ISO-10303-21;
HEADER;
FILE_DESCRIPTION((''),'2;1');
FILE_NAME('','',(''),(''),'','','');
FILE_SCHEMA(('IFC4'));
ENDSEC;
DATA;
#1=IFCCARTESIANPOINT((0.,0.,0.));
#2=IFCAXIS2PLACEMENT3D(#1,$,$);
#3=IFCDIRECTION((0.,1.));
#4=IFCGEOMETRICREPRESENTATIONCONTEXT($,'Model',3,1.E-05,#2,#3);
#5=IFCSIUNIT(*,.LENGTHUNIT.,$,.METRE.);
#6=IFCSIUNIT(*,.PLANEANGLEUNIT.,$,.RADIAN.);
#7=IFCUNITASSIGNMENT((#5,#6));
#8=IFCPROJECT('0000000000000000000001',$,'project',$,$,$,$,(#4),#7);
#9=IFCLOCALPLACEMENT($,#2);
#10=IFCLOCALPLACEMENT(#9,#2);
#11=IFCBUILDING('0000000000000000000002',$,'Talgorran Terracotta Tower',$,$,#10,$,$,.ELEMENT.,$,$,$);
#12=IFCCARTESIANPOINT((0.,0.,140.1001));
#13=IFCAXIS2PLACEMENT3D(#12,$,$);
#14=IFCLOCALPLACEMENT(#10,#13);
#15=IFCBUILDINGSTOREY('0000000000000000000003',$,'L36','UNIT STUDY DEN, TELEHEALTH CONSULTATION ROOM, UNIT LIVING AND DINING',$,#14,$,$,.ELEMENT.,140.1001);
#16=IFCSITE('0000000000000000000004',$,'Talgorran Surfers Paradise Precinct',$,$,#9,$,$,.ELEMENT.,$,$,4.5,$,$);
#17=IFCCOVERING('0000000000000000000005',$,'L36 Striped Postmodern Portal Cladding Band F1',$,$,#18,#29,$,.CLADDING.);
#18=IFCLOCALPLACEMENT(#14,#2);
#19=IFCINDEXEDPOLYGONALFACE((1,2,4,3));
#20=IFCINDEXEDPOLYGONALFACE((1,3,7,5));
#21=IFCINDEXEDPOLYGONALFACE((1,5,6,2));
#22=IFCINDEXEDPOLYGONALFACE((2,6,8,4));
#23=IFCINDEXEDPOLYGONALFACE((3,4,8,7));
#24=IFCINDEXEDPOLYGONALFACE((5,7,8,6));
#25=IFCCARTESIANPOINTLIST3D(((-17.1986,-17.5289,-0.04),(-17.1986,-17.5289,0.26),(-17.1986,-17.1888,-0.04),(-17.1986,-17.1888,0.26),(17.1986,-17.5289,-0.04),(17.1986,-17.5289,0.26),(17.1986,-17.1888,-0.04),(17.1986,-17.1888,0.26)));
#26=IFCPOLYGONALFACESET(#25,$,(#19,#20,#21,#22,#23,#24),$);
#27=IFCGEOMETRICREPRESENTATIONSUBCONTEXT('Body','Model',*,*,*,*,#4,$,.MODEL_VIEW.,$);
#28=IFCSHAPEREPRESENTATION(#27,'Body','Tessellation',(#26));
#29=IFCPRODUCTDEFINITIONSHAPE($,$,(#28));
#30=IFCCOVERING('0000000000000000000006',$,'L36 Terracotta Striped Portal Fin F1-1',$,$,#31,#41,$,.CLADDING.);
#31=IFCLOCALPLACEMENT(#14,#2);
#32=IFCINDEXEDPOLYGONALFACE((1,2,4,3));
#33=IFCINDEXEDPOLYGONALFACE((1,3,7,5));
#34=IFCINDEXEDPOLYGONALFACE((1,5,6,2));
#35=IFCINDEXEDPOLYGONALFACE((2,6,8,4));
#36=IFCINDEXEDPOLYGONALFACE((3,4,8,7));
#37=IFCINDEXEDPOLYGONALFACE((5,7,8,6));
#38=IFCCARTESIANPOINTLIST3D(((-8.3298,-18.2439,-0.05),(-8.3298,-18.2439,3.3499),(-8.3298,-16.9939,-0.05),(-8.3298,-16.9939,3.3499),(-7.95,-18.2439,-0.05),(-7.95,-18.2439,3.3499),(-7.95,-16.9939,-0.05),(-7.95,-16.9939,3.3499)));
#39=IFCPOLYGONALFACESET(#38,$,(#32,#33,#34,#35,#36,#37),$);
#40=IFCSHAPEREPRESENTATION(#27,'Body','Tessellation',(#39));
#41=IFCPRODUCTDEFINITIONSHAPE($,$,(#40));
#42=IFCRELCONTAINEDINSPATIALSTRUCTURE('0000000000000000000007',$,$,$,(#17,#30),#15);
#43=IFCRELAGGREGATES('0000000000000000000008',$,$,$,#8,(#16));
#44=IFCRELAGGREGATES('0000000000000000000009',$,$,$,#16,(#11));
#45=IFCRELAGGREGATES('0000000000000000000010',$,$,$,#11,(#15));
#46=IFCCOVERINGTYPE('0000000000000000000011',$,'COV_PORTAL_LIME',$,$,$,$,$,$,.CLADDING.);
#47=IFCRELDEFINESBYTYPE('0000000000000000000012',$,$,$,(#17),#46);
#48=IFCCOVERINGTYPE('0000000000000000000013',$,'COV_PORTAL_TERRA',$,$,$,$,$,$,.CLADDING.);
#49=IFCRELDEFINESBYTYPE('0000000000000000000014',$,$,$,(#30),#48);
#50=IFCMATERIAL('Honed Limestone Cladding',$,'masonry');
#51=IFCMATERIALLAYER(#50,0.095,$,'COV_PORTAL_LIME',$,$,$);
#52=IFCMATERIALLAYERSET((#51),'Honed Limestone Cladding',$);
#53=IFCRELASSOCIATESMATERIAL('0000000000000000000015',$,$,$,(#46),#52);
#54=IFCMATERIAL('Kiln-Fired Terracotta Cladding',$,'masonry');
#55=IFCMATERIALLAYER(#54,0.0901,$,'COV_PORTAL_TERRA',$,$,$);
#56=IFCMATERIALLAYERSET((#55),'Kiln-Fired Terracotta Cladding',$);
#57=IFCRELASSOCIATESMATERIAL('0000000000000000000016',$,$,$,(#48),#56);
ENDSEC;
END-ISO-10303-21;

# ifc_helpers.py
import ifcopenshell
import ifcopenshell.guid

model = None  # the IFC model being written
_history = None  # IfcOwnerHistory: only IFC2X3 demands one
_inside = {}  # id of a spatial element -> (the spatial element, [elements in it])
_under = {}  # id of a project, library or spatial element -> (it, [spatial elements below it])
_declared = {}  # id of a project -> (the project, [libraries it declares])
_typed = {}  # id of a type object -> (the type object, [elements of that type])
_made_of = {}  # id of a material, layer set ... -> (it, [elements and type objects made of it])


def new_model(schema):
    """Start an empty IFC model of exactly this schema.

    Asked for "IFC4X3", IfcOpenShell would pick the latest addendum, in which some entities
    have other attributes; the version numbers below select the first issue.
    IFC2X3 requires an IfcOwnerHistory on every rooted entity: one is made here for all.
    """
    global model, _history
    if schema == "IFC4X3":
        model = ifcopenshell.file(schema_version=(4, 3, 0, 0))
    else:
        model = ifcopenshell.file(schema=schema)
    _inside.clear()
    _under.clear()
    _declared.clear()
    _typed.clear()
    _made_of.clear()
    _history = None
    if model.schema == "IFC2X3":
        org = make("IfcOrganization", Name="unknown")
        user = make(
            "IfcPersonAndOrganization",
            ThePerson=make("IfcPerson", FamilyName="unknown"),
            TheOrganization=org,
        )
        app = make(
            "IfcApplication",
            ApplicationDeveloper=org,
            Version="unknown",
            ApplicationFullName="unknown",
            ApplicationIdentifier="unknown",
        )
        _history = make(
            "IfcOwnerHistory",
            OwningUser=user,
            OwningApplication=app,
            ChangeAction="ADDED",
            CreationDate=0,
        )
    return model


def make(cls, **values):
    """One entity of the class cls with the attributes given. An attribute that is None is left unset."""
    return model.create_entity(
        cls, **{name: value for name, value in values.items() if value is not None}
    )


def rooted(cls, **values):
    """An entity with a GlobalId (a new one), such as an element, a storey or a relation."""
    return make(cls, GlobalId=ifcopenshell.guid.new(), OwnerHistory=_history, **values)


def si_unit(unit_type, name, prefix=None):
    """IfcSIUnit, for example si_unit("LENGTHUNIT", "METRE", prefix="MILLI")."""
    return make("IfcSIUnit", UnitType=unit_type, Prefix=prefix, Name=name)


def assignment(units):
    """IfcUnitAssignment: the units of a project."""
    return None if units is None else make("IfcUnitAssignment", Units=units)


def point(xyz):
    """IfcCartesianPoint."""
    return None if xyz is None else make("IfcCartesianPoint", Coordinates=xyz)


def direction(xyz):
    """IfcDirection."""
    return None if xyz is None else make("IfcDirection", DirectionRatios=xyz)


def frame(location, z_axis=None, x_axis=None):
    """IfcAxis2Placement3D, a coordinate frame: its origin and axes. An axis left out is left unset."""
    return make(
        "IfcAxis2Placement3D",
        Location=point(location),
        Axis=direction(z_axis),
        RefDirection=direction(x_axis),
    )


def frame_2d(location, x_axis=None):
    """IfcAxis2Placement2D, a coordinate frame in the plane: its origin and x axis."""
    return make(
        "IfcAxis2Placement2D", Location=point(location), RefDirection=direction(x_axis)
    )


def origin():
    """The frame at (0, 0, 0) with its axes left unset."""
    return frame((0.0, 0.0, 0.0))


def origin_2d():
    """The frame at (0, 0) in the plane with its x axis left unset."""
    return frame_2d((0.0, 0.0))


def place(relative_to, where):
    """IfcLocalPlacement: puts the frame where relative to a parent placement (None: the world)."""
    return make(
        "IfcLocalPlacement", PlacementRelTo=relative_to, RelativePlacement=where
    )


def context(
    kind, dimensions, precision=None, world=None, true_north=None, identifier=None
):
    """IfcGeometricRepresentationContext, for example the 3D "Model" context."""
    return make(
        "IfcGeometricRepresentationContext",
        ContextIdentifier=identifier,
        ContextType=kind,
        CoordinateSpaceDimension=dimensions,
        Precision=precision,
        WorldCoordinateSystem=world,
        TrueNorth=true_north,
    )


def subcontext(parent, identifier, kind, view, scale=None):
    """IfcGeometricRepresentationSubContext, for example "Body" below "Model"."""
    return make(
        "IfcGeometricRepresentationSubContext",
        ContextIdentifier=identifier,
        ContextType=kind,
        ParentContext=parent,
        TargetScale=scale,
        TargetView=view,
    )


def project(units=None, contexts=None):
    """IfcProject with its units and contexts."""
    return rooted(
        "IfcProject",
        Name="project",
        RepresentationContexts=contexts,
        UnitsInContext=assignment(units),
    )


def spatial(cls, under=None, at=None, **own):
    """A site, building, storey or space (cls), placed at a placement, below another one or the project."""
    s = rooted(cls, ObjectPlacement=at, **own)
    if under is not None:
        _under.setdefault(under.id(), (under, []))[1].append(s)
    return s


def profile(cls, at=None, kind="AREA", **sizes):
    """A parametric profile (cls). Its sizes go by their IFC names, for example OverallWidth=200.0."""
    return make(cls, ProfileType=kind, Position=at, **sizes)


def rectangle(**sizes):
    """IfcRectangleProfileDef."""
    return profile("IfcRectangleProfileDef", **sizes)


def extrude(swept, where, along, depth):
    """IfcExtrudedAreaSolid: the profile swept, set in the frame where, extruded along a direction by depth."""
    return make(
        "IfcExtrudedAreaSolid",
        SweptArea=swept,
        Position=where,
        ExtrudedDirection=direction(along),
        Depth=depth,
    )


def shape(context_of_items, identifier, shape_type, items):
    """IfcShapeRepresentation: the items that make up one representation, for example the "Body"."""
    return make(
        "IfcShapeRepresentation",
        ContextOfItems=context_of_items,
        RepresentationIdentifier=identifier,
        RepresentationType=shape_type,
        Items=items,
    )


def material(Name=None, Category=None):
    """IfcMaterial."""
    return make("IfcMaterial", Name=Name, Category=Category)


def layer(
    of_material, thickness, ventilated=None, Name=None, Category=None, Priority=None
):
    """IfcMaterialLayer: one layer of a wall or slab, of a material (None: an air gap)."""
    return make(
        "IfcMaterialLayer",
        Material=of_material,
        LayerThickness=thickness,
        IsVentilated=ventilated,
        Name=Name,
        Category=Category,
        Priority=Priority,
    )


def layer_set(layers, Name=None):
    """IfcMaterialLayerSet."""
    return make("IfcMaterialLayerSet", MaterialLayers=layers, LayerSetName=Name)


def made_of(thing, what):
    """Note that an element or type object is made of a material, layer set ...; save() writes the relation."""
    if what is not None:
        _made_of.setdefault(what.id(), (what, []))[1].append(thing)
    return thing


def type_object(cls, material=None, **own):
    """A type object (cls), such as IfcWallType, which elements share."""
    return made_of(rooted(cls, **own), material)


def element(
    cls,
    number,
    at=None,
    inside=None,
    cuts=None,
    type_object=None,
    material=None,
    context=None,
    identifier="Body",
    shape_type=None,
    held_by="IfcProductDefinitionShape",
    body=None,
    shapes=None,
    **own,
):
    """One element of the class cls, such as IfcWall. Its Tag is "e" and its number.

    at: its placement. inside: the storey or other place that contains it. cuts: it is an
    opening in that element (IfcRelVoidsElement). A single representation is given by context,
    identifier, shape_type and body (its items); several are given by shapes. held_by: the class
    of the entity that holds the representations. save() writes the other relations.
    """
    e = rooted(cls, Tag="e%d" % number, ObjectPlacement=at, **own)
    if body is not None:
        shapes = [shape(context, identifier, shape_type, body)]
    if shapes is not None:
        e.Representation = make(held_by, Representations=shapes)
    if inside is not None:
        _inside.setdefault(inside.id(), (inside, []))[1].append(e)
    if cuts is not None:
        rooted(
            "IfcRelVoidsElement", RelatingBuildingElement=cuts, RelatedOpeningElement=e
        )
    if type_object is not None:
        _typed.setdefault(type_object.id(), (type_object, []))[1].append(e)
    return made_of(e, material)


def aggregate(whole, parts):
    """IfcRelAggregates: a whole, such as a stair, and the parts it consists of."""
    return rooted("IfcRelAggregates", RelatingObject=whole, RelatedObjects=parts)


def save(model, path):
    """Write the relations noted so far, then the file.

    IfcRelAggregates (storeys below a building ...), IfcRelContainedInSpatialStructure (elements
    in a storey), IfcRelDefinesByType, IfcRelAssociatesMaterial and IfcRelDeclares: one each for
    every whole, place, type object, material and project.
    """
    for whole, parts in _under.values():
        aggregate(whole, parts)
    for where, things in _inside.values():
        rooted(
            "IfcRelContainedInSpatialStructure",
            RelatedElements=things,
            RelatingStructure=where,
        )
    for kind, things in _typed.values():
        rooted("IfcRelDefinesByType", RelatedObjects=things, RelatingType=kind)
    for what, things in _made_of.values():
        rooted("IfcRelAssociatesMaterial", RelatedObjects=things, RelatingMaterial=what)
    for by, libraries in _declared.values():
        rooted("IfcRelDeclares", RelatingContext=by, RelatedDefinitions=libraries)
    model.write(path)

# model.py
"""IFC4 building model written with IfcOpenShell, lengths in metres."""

from ifc_helpers import new_model, si_unit, direction, frame, origin, origin_2d, place, context, subcontext, project, spatial, rectangle, extrude, material, layer, layer_set, type_object, element, save


model = new_model("IFC4")

# Units and contexts
model_context = context("Model", 3, precision=1e-05, world=origin(), true_north=direction((0.0, 1.0)))
body_context = subcontext(model_context, "Body", "Model", "MODEL_VIEW")
ifc_project = project(units=[si_unit("LENGTHUNIT", "METRE"), si_unit("PLANEANGLEUNIT", "RADIAN")], contexts=[model_context])

# Site, building, storey
site_placement = place(None, origin())
site = spatial("IfcSite", under=ifc_project, at=site_placement, Name="Talgorran Surfers Paradise Precinct", CompositionType="ELEMENT", RefElevation=4.5)
building_placement = place(site_placement, origin())
building = spatial("IfcBuilding", under=site, at=building_placement, Name="Talgorran Terracotta Tower", CompositionType="ELEMENT")
storey_placement = place(building_placement, frame((0.0, 0.0, 140.1001)))
storey = spatial("IfcBuildingStorey", under=building, at=storey_placement, Name="L36", Description="UNIT STUDY DEN, TELEHEALTH CONSULTATION ROOM, UNIT LIVING AND DINING", CompositionType="ELEMENT", Elevation=140.1001)

# Coverings
ifc_material_1 = material(Name="Honed Limestone Cladding", Category="masonry")
ifc_layer_1 = layer(ifc_material_1, 0.095, Name="COV_PORTAL_LIME")
ifc_layer_set_1 = layer_set([ifc_layer_1], Name="Honed Limestone Cladding")
covering_type_1 = type_object("IfcCoveringType", Name="COV_PORTAL_LIME", PredefinedType="CLADDING", material=ifc_layer_set_1)
covering_1_placement = place(storey_placement, frame((0.0, -17.3589, -0.04), z_axis=(0.0, 0.0, 1.0), x_axis=(1.0, 0.0, 0.0)))
element("IfcCovering", 1, at=covering_1_placement, inside=storey, type_object=covering_type_1, Name="L36 Striped Postmodern Portal Cladding Band F1", PredefinedType="CLADDING", context=body_context, shape_type="SweptSolid", body=[
    extrude(rectangle(XDim=34.3972, YDim=0.3401, at=origin_2d()), origin(), (0.0, 0.0, 1.0), 0.3),
])
ifc_material_2 = material(Name="Kiln-Fired Terracotta Cladding", Category="masonry")
ifc_layer_2 = layer(ifc_material_2, 0.0901, Name="COV_PORTAL_TERRA")
ifc_layer_set_2 = layer_set([ifc_layer_2], Name="Kiln-Fired Terracotta Cladding")
covering_type_2 = type_object("IfcCoveringType", Name="COV_PORTAL_TERRA", PredefinedType="CLADDING", material=ifc_layer_set_2)
covering_2_placement = place(storey_placement, frame((-8.1399, -17.6189, -0.05), z_axis=(0.0, 0.0, 1.0), x_axis=(1.0, 0.0, 0.0)))
element("IfcCovering", 2, at=covering_2_placement, inside=storey, type_object=covering_type_2, Name="L36 Terracotta Striped Portal Fin F1-1", PredefinedType="CLADDING", context=body_context, shape_type="SweptSolid", body=[
    extrude(rectangle(XDim=0.3799, YDim=1.25, at=origin_2d()), origin(), (0.0, 0.0, 1.0), 3.3999),
])

save(model, "model.ifc")
